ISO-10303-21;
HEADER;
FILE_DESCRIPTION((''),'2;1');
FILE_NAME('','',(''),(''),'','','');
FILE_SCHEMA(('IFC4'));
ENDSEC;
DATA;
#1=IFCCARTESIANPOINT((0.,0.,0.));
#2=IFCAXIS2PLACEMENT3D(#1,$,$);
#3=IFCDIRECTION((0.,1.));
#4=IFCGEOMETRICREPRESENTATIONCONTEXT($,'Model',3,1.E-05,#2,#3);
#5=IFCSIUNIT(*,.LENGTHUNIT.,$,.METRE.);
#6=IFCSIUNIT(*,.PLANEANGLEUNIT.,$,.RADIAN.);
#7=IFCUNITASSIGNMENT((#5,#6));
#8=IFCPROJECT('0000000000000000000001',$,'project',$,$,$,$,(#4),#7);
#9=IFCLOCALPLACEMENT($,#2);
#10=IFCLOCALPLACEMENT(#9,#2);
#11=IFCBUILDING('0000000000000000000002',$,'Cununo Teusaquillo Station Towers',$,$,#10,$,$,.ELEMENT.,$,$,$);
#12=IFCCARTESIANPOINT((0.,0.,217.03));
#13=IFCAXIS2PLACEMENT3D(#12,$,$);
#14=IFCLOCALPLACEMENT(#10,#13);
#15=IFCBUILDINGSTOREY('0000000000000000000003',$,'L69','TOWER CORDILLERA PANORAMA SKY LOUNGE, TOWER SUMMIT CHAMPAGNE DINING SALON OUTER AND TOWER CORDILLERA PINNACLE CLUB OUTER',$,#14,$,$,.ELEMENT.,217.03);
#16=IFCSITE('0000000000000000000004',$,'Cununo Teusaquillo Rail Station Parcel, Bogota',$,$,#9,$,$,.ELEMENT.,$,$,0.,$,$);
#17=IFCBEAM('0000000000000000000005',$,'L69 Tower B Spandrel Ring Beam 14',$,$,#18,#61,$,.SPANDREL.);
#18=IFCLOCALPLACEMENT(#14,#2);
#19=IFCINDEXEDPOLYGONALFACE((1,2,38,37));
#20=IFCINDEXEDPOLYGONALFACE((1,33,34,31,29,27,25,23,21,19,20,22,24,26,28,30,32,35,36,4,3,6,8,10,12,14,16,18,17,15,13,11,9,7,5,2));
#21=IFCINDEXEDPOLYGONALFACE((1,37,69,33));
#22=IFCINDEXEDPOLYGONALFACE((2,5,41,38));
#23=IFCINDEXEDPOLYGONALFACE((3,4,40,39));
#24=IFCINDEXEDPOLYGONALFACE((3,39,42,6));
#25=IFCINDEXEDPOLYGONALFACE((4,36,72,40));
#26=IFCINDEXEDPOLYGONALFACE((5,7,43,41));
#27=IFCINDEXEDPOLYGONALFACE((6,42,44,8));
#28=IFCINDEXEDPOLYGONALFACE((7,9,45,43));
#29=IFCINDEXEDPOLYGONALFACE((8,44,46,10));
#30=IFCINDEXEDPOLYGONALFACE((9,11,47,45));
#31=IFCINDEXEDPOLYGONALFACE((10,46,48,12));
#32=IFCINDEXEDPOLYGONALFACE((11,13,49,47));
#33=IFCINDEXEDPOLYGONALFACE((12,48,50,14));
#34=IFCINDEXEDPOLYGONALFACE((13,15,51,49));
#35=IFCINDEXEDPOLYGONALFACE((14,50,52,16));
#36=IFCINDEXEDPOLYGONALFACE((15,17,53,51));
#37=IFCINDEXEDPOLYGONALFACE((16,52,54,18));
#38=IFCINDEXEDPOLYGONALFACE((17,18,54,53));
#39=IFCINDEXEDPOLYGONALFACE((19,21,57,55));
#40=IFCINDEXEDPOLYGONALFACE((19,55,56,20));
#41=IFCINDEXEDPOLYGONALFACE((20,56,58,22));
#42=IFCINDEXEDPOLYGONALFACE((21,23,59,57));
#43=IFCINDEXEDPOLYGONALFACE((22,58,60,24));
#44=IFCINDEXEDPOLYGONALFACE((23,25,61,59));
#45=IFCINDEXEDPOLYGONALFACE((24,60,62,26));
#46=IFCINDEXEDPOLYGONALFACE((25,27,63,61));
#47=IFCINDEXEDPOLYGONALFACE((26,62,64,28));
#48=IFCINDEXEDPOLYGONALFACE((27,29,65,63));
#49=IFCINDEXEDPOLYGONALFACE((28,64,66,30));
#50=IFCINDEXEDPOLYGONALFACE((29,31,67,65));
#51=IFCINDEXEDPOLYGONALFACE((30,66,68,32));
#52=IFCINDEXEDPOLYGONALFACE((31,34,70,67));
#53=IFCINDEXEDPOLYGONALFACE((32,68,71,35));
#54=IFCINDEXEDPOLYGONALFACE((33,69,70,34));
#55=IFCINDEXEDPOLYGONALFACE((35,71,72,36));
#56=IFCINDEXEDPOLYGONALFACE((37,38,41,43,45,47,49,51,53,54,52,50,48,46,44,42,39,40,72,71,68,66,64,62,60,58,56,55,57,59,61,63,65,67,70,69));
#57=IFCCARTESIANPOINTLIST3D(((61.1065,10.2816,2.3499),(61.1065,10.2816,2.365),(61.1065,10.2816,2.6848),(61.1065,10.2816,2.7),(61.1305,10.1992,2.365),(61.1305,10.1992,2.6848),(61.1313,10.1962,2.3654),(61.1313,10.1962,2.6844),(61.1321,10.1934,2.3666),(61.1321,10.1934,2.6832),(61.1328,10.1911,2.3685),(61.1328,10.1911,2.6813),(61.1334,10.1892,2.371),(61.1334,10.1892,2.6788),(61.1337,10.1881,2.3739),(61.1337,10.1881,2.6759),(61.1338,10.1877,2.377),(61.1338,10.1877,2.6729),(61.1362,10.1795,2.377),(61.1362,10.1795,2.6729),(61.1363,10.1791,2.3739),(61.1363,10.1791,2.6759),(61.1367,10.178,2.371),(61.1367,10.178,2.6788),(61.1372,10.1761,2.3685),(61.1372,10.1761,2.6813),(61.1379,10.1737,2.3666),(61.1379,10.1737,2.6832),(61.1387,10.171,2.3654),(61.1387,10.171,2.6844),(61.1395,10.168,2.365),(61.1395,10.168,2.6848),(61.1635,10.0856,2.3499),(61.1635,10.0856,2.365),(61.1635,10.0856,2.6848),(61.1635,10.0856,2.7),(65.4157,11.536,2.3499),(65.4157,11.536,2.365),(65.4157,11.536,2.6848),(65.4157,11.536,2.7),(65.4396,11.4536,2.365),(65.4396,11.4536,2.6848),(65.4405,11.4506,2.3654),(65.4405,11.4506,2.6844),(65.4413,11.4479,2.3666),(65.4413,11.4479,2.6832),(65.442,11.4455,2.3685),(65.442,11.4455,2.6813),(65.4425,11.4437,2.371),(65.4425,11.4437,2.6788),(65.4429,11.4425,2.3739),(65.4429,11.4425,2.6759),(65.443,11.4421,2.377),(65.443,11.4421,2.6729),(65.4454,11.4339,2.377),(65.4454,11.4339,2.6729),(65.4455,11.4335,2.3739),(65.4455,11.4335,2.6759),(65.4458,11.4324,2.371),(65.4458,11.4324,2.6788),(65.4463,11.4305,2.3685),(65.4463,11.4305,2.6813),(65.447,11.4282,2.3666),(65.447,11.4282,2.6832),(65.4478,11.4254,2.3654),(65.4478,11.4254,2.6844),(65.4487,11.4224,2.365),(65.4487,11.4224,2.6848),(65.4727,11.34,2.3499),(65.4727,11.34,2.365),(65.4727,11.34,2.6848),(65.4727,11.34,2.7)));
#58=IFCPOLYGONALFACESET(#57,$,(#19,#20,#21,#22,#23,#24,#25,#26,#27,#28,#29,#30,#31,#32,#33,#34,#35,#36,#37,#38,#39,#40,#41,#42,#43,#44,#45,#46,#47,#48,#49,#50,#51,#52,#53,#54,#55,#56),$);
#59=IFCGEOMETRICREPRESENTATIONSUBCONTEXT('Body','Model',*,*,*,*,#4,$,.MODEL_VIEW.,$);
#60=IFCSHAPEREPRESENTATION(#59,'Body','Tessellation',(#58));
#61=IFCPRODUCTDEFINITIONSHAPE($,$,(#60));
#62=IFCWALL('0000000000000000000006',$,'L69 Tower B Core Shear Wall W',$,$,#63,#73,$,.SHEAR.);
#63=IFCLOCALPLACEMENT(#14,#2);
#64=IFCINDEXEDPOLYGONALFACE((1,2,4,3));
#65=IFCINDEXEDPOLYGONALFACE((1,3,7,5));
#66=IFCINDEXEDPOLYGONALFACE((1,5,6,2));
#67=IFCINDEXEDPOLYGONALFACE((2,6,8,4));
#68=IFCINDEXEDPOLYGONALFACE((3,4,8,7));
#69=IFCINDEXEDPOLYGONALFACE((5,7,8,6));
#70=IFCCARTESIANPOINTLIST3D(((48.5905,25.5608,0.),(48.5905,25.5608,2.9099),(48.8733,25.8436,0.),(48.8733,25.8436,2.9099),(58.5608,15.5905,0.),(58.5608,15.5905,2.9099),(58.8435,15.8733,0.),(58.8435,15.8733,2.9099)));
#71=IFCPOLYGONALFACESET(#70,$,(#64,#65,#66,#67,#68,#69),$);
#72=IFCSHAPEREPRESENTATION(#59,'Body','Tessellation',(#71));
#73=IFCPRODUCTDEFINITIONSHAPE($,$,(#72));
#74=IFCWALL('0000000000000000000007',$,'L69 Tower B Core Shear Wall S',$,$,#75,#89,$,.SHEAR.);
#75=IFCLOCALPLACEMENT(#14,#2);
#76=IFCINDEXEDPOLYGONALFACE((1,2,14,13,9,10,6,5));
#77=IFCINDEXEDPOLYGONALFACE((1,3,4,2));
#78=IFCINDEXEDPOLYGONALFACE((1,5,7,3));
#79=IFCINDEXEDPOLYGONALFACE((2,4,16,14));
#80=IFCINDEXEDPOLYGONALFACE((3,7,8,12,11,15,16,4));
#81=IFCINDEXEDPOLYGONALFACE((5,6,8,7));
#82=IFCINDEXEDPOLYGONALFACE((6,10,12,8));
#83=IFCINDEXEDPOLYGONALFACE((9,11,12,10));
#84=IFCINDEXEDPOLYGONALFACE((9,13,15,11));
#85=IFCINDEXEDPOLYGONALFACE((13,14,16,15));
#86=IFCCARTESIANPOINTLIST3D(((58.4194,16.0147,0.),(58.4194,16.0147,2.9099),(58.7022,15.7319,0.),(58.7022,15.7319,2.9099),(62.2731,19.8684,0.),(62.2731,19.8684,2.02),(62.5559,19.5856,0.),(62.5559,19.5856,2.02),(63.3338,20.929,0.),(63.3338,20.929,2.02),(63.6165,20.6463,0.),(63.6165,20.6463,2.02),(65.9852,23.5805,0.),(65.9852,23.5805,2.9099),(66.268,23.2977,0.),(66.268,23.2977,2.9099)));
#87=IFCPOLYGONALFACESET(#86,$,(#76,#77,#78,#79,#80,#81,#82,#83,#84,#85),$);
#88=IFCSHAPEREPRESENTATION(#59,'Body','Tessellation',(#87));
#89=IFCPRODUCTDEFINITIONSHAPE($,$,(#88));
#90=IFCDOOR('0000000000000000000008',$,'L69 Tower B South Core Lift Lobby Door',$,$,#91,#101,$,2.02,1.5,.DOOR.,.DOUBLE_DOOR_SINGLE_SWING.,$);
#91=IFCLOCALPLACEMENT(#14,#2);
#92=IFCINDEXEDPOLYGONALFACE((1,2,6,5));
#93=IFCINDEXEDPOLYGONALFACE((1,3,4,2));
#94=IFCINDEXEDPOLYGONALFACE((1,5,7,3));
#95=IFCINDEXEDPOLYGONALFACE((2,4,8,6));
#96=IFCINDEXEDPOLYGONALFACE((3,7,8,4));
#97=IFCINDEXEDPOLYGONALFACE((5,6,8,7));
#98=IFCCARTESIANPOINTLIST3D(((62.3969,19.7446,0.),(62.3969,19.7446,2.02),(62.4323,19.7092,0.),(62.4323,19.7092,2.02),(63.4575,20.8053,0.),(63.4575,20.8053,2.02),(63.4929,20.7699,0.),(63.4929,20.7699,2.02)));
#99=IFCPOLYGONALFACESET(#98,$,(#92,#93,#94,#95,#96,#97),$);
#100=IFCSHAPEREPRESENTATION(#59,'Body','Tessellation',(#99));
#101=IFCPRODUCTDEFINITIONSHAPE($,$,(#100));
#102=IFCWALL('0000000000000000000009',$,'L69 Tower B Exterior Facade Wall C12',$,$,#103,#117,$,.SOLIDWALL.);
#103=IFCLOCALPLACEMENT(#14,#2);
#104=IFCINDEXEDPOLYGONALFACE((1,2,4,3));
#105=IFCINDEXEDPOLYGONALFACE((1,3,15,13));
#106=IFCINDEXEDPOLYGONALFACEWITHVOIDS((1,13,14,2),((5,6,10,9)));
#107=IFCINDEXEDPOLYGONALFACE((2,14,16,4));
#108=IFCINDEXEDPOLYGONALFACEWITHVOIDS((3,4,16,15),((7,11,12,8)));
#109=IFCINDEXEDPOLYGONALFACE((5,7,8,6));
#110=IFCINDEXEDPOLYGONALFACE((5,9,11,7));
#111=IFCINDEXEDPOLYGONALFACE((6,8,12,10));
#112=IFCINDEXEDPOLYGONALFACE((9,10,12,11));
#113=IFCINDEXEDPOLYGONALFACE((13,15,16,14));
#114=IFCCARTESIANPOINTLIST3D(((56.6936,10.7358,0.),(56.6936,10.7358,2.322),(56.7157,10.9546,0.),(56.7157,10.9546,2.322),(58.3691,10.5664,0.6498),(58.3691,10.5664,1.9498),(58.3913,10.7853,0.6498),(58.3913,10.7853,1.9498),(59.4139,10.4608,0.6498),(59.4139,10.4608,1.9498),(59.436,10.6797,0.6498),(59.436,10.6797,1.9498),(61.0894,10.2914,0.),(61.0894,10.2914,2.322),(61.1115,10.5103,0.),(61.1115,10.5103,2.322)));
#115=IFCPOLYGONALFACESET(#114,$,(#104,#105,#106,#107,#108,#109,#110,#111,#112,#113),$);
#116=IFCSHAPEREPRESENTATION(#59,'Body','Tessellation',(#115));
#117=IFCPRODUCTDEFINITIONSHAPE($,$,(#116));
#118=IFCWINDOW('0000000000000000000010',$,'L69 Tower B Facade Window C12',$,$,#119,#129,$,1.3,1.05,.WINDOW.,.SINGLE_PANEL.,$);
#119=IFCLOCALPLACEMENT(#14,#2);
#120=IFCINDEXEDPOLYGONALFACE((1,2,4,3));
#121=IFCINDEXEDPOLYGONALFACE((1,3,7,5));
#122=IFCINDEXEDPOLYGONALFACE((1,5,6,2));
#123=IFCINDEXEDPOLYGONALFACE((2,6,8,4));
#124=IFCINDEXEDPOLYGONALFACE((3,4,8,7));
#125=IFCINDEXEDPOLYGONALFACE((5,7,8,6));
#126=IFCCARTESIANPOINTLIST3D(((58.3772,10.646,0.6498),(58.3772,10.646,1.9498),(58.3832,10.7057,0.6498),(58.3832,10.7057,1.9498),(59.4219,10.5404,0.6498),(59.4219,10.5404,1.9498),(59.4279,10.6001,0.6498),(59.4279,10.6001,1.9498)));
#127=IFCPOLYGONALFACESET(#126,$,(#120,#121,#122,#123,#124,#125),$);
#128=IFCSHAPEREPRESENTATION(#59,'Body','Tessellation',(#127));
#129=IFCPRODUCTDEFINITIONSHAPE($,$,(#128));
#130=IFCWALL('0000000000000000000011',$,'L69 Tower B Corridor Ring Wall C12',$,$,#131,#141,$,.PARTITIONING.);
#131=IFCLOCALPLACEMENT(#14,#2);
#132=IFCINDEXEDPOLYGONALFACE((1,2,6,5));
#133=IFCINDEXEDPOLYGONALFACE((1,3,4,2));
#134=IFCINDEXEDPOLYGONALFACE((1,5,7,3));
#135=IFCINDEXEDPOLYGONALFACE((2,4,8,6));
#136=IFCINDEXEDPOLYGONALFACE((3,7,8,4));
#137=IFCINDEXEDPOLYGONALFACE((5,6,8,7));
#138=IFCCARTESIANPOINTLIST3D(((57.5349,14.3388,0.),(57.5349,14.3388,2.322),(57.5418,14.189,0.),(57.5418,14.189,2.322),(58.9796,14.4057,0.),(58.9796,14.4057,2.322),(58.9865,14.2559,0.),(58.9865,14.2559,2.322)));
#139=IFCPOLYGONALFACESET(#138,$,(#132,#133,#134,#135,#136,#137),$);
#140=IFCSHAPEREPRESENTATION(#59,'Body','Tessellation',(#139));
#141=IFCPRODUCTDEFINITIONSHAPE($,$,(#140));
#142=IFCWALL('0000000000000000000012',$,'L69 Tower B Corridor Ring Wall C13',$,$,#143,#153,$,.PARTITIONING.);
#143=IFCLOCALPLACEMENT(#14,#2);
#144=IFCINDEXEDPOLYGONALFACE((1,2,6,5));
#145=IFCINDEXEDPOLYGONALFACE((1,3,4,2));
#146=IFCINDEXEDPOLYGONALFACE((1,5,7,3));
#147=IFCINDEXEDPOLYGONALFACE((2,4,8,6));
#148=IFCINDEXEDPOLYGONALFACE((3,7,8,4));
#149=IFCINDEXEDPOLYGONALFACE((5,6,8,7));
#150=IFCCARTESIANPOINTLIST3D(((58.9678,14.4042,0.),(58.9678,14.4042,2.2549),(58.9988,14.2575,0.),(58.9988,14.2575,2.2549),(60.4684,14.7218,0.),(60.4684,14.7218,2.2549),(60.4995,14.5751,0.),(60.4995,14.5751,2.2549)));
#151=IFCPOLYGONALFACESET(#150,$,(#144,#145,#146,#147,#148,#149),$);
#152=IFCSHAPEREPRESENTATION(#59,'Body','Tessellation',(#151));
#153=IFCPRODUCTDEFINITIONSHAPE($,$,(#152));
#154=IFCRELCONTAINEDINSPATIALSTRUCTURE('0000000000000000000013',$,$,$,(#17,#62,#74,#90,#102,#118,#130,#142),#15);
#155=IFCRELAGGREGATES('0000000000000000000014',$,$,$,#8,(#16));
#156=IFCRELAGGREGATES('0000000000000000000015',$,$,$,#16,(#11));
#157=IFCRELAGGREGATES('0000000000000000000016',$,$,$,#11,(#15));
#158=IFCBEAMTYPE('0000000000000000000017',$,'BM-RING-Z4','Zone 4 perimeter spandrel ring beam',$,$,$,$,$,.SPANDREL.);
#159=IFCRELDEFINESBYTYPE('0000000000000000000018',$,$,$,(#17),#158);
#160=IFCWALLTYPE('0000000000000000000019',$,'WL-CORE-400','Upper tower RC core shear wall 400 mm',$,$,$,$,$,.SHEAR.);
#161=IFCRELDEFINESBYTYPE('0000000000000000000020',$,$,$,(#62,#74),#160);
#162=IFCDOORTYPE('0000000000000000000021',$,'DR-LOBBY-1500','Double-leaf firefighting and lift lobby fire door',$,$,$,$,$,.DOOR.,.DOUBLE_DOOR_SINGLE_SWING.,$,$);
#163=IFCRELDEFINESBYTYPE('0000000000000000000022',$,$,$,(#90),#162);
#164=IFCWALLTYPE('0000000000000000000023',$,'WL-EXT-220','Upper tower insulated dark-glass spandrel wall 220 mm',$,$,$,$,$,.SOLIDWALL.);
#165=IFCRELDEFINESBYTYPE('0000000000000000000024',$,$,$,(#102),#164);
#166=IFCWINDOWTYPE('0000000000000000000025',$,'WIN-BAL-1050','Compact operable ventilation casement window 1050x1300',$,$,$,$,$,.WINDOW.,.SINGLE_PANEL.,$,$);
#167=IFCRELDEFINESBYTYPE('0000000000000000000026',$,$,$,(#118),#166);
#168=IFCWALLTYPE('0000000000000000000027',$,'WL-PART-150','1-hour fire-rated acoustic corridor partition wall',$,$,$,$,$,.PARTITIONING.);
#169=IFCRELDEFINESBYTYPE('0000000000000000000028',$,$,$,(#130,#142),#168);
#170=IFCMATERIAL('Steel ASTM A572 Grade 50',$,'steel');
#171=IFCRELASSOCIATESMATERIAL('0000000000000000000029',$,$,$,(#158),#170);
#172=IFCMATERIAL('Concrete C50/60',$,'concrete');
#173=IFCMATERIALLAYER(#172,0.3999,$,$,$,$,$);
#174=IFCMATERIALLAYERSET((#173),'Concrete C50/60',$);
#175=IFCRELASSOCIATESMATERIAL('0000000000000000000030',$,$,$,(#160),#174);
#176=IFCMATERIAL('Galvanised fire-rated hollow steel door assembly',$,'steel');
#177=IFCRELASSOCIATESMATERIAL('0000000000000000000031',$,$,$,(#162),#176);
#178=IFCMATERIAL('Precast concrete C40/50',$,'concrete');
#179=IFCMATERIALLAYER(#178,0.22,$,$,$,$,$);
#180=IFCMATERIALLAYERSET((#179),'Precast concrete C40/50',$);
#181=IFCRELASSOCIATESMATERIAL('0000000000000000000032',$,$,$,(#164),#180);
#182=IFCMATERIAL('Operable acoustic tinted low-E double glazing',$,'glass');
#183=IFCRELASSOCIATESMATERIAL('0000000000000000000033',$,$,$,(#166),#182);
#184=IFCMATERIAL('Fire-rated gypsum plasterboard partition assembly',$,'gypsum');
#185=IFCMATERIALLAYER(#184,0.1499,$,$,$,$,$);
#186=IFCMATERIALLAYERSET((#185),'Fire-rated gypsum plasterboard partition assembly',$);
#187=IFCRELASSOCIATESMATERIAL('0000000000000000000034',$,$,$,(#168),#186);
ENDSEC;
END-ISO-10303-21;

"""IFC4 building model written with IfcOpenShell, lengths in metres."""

from ifc_helpers import new_model, si_unit, direction, frame, frame_2d, origin, origin_2d, place, context, subcontext, project, spatial, rectangle, i_section, extrude, source, transform, mapped, material, layer, layer_set, material_profile, profile_set, type_object, element, fill, save


model = new_model("IFC4")

# Units and contexts
model_context = context("Model", 3, precision=1e-05, world=origin(), true_north=direction((0.0, 1.0)))
body_context = subcontext(model_context, "Body", "Model", "MODEL_VIEW")
ifc_project = project(units=[si_unit("LENGTHUNIT", "METRE"), si_unit("PLANEANGLEUNIT", "RADIAN")], contexts=[model_context])

# Site, building, storey
site_placement = place(None, origin())
site = spatial("IfcSite", under=ifc_project, at=site_placement, Name="Cununo Teusaquillo Rail Station Parcel, Bogota", CompositionType="ELEMENT", RefElevation=0.0)
building_placement = place(site_placement, origin())
building = spatial("IfcBuilding", under=site, at=building_placement, Name="Cununo Teusaquillo Station Towers", CompositionType="ELEMENT")
storey_placement = place(building_placement, frame((0.0, 0.0, 217.03)))
storey = spatial("IfcBuildingStorey", under=building, at=storey_placement, Name="L69", Description="TOWER CORDILLERA PANORAMA SKY LOUNGE, TOWER SUMMIT CHAMPAGNE DINING SALON OUTER AND TOWER CORDILLERA PINNACLE CLUB OUTER", CompositionType="ELEMENT", Elevation=217.03)

# Beam
ifc_material_1 = material(Name="Steel ASTM A572 Grade 50", Category="steel")
ifc_material_profile_1 = material_profile(ifc_material_1, i_section(OverallWidth=0.2041, OverallDepth=0.3501, WebThickness=0.0085, FlangeThickness=0.0151, FilletRadius=0.012, at=origin_2d()), Name="W14X48")
ifc_profile_set_1 = profile_set([ifc_material_profile_1], Name="Steel ASTM A572 Grade 50")
beam_type_1 = type_object("IfcBeamType", Name="BM-RING-Z4", Description="Zone 4 perimeter spandrel ring beam", PredefinedType="SPANDREL", material=ifc_profile_set_1)
beam_1_placement = place(storey_placement, frame((61.135, 10.1836, 2.5249), z_axis=(0.960145, 0.279503, 0.0), x_axis=(-0.279503, 0.960145, 0.0)))
element("IfcBeam", 1, at=beam_1_placement, inside=storey, type_object=beam_type_1, Name="L69 Tower B Spandrel Ring Beam 14", PredefinedType="SPANDREL", context=body_context, shape_type="SweptSolid", body=[
    extrude(i_section(OverallWidth=0.2041, OverallDepth=0.3501, WebThickness=0.0085, FlangeThickness=0.0151, FilletRadius=0.012, at=origin_2d()), origin(), (0.0, 0.0, 1.0), 4.488),
])

# Wall
ifc_material_2 = material(Name="Concrete C50/60", Category="concrete")
ifc_layer_1 = layer(ifc_material_2, 0.3999)
ifc_layer_set_1 = layer_set([ifc_layer_1], Name="Concrete C50/60")
wall_type_1 = type_object("IfcWallType", Name="WL-CORE-400", Description="Upper tower RC core shear wall 400 mm", PredefinedType="SHEAR", material=ifc_layer_set_1)
wall_1_placement = place(storey_placement, frame((58.7021, 15.7319, 0.0), z_axis=(0.0, 0.0, 1.0), x_axis=(-0.707107, 0.707107, 0.0)))
element("IfcWall", 2, at=wall_1_placement, inside=storey, type_object=wall_type_1, Name="L69 Tower B Core Shear Wall W", PredefinedType="SHEAR", context=body_context, shape_type="SweptSolid", body=[
    extrude(rectangle(XDim=14.1001, YDim=0.3999, at=frame_2d((7.05, 0.0))), origin(), (0.0, 0.0, 1.0), 2.9099),
])

# Wall, opening, door
wall_2_placement = place(storey_placement, frame((58.5608, 15.8733, 0.0), z_axis=(0.0, 0.0, 1.0), x_axis=(0.707107, 0.707107, 0.0)))
wall_2 = element("IfcWall", 3, at=wall_2_placement, inside=storey, type_object=wall_type_1, Name="L69 Tower B Core Shear Wall S", PredefinedType="SHEAR", context=body_context, shape_type="SweptSolid", body=[
    extrude(rectangle(XDim=10.6997, YDim=0.3999, at=frame_2d((5.3499, 0.0))), origin(), (0.0, 0.0, 1.0), 2.9099),
])
shared_shape_1 = source(origin(), body_context, "Body", "SweptSolid", [
    extrude(rectangle(XDim=1.5, YDim=2.02, at=frame_2d((0.75, 1.01))), frame((0.0, 0.21, 0.0), z_axis=(0.0, -1.0, 0.0), x_axis=(1.0, 0.0, 0.0)), (0.0, 0.0, 1.0), 0.4199),
])
opening_1_placement = place(wall_2_placement, frame((5.45, 0.0, 0.0)))
opening_1 = element("IfcOpeningElement", 4, at=opening_1_placement, cuts=wall_2, PredefinedType="OPENING", context=body_context, shape_type="MappedRepresentation", body=[
    mapped(shared_shape_1, transform((0.0, 0.0, 0.0), x_axis=(1.0, 0.0, 0.0), y_axis=(0.0, 1.0, 0.0), z_axis=(0.0, 0.0, 1.0), scale=1.0)),
])
ifc_material_3 = material(Name="Galvanised fire-rated hollow steel door assembly", Category="steel")
door_type_1 = type_object("IfcDoorType", Name="DR-LOBBY-1500", Description="Double-leaf firefighting and lift lobby fire door", OperationType="DOUBLE_DOOR_SINGLE_SWING", PredefinedType="DOOR", material=ifc_material_3)
shared_shape_2 = source(origin(), body_context, "Body", "SweptSolid", [
    extrude(rectangle(XDim=1.5, YDim=2.02, at=frame_2d((0.75, 1.01))), frame((0.0, 0.0249, 0.0), z_axis=(0.0, -1.0, 0.0), x_axis=(1.0, 0.0, 0.0)), (0.0, 0.0, 1.0), 0.05),
])
door_1_placement = place(opening_1_placement, origin())
door_1 = element("IfcDoor", 5, at=door_1_placement, inside=storey, type_object=door_type_1, Name="L69 Tower B South Core Lift Lobby Door", OperationType="DOUBLE_DOOR_SINGLE_SWING", OverallHeight=2.02, OverallWidth=1.5, PredefinedType="DOOR", context=body_context, shape_type="MappedRepresentation", body=[
    mapped(shared_shape_2, transform((0.0, 0.0, 0.0), x_axis=(1.0, 0.0, 0.0), y_axis=(0.0, 1.0, 0.0), z_axis=(0.0, 0.0, 1.0), scale=1.0)),
])
fill(opening_1, door_1)

# Wall, opening, window
ifc_material_4 = material(Name="Precast concrete C40/50", Category="concrete")
ifc_layer_2 = layer(ifc_material_4, 0.22)
ifc_layer_set_2 = layer_set([ifc_layer_2], Name="Precast concrete C40/50")
wall_type_2 = type_object("IfcWallType", Name="WL-EXT-220", Description="Upper tower insulated dark-glass spandrel wall 220 mm", PredefinedType="SOLIDWALL", material=ifc_layer_set_2)
wall_3_placement = place(storey_placement, frame((61.1003, 10.4009, 0.0), z_axis=(0.0, 0.0, 1.0), x_axis=(-0.99493, 0.100571, 0.0)))
wall_3 = element("IfcWall", 6, at=wall_3_placement, inside=storey, type_object=wall_type_2, Name="L69 Tower B Exterior Facade Wall C12", PredefinedType="SOLIDWALL", context=body_context, shape_type="SweptSolid", body=[
    extrude(rectangle(XDim=4.4182, YDim=0.22, at=frame_2d((2.209, 0.0))), origin(), (0.0, 0.0, 1.0), 2.322),
])
shared_shape_3 = source(origin(), body_context, "Body", "SweptSolid", [
    extrude(rectangle(XDim=1.05, YDim=1.3, at=frame_2d((0.5249, 0.6499))), frame((0.0, 0.1199, 0.0), z_axis=(0.0, -1.0, 0.0), x_axis=(1.0, 0.0, 0.0)), (0.0, 0.0, 1.0), 0.24),
])
opening_2_placement = place(wall_3_placement, frame((1.6841, 0.0, 0.6499)))
opening_2 = element("IfcOpeningElement", 7, at=opening_2_placement, cuts=wall_3, PredefinedType="OPENING", context=body_context, shape_type="MappedRepresentation", body=[
    mapped(shared_shape_3, transform((0.0, 0.0, 0.0), x_axis=(1.0, 0.0, 0.0), y_axis=(0.0, 1.0, 0.0), z_axis=(0.0, 0.0, 1.0), scale=1.0)),
])
ifc_material_5 = material(Name="Operable acoustic tinted low-E double glazing", Category="glass")
window_type = type_object("IfcWindowType", Name="WIN-BAL-1050", Description="Compact operable ventilation casement window 1050x1300", PartitioningType="SINGLE_PANEL", PredefinedType="WINDOW", material=ifc_material_5)
shared_shape_4 = source(origin(), body_context, "Body", "SweptSolid", [
    extrude(rectangle(XDim=1.05, YDim=1.3, at=frame_2d((0.5249, 0.6499))), frame((0.0, 0.03, 0.0), z_axis=(0.0, -1.0, 0.0), x_axis=(1.0, 0.0, 0.0)), (0.0, 0.0, 1.0), 0.0601),
])
window_placement = place(opening_2_placement, origin())
window = element("IfcWindow", 8, at=window_placement, inside=storey, type_object=window_type, Name="L69 Tower B Facade Window C12", OverallHeight=1.3, OverallWidth=1.05, PartitioningType="SINGLE_PANEL", PredefinedType="WINDOW", context=body_context, shape_type="MappedRepresentation", body=[
    mapped(shared_shape_4, transform((0.0, 0.0, 0.0), x_axis=(1.0, 0.0, 0.0), y_axis=(0.0, 1.0, 0.0), z_axis=(0.0, 0.0, 1.0), scale=1.0)),
])
fill(opening_2, window)

# Walls
ifc_material_6 = material(Name="Fire-rated gypsum plasterboard partition assembly", Category="gypsum")
ifc_layer_3 = layer(ifc_material_6, 0.1499)
ifc_layer_set_3 = layer_set([ifc_layer_3], Name="Fire-rated gypsum plasterboard partition assembly")
wall_type_3 = type_object("IfcWallType", Name="WL-PART-150", Description="1-hour fire-rated acoustic corridor partition wall", PredefinedType="PARTITIONING", material=ifc_layer_set_3)
wall_4_placement = place(storey_placement, frame((57.5383, 14.2639, 0.0), z_axis=(0.0, 0.0, 1.0), x_axis=(0.99893, 0.04625, 0.0)))
element("IfcWall", 9, at=wall_4_placement, inside=storey, type_object=wall_type_3, Name="L69 Tower B Corridor Ring Wall C12", PredefinedType="PARTITIONING", context=body_context, shape_type="SweptSolid", body=[
    extrude(rectangle(XDim=1.4463, YDim=0.1499, at=frame_2d((0.7231, 0.0))), origin(), (0.0, 0.0, 1.0), 2.322),
])
wall_5_placement = place(storey_placement, frame((58.9832, 14.3308, 0.0), z_axis=(0.0, 0.0, 1.0), x_axis=(0.978328, 0.207061, 0.0)))
element("IfcWall", 10, at=wall_5_placement, inside=storey, type_object=wall_type_3, Name="L69 Tower B Corridor Ring Wall C13", PredefinedType="PARTITIONING", context=body_context, shape_type="SweptSolid", body=[
    extrude(rectangle(XDim=1.5339, YDim=0.1499, at=frame_2d((0.7671, 0.0))), origin(), (0.0, 0.0, 1.0), 2.2549),
])

save(model, "model.ifc")
